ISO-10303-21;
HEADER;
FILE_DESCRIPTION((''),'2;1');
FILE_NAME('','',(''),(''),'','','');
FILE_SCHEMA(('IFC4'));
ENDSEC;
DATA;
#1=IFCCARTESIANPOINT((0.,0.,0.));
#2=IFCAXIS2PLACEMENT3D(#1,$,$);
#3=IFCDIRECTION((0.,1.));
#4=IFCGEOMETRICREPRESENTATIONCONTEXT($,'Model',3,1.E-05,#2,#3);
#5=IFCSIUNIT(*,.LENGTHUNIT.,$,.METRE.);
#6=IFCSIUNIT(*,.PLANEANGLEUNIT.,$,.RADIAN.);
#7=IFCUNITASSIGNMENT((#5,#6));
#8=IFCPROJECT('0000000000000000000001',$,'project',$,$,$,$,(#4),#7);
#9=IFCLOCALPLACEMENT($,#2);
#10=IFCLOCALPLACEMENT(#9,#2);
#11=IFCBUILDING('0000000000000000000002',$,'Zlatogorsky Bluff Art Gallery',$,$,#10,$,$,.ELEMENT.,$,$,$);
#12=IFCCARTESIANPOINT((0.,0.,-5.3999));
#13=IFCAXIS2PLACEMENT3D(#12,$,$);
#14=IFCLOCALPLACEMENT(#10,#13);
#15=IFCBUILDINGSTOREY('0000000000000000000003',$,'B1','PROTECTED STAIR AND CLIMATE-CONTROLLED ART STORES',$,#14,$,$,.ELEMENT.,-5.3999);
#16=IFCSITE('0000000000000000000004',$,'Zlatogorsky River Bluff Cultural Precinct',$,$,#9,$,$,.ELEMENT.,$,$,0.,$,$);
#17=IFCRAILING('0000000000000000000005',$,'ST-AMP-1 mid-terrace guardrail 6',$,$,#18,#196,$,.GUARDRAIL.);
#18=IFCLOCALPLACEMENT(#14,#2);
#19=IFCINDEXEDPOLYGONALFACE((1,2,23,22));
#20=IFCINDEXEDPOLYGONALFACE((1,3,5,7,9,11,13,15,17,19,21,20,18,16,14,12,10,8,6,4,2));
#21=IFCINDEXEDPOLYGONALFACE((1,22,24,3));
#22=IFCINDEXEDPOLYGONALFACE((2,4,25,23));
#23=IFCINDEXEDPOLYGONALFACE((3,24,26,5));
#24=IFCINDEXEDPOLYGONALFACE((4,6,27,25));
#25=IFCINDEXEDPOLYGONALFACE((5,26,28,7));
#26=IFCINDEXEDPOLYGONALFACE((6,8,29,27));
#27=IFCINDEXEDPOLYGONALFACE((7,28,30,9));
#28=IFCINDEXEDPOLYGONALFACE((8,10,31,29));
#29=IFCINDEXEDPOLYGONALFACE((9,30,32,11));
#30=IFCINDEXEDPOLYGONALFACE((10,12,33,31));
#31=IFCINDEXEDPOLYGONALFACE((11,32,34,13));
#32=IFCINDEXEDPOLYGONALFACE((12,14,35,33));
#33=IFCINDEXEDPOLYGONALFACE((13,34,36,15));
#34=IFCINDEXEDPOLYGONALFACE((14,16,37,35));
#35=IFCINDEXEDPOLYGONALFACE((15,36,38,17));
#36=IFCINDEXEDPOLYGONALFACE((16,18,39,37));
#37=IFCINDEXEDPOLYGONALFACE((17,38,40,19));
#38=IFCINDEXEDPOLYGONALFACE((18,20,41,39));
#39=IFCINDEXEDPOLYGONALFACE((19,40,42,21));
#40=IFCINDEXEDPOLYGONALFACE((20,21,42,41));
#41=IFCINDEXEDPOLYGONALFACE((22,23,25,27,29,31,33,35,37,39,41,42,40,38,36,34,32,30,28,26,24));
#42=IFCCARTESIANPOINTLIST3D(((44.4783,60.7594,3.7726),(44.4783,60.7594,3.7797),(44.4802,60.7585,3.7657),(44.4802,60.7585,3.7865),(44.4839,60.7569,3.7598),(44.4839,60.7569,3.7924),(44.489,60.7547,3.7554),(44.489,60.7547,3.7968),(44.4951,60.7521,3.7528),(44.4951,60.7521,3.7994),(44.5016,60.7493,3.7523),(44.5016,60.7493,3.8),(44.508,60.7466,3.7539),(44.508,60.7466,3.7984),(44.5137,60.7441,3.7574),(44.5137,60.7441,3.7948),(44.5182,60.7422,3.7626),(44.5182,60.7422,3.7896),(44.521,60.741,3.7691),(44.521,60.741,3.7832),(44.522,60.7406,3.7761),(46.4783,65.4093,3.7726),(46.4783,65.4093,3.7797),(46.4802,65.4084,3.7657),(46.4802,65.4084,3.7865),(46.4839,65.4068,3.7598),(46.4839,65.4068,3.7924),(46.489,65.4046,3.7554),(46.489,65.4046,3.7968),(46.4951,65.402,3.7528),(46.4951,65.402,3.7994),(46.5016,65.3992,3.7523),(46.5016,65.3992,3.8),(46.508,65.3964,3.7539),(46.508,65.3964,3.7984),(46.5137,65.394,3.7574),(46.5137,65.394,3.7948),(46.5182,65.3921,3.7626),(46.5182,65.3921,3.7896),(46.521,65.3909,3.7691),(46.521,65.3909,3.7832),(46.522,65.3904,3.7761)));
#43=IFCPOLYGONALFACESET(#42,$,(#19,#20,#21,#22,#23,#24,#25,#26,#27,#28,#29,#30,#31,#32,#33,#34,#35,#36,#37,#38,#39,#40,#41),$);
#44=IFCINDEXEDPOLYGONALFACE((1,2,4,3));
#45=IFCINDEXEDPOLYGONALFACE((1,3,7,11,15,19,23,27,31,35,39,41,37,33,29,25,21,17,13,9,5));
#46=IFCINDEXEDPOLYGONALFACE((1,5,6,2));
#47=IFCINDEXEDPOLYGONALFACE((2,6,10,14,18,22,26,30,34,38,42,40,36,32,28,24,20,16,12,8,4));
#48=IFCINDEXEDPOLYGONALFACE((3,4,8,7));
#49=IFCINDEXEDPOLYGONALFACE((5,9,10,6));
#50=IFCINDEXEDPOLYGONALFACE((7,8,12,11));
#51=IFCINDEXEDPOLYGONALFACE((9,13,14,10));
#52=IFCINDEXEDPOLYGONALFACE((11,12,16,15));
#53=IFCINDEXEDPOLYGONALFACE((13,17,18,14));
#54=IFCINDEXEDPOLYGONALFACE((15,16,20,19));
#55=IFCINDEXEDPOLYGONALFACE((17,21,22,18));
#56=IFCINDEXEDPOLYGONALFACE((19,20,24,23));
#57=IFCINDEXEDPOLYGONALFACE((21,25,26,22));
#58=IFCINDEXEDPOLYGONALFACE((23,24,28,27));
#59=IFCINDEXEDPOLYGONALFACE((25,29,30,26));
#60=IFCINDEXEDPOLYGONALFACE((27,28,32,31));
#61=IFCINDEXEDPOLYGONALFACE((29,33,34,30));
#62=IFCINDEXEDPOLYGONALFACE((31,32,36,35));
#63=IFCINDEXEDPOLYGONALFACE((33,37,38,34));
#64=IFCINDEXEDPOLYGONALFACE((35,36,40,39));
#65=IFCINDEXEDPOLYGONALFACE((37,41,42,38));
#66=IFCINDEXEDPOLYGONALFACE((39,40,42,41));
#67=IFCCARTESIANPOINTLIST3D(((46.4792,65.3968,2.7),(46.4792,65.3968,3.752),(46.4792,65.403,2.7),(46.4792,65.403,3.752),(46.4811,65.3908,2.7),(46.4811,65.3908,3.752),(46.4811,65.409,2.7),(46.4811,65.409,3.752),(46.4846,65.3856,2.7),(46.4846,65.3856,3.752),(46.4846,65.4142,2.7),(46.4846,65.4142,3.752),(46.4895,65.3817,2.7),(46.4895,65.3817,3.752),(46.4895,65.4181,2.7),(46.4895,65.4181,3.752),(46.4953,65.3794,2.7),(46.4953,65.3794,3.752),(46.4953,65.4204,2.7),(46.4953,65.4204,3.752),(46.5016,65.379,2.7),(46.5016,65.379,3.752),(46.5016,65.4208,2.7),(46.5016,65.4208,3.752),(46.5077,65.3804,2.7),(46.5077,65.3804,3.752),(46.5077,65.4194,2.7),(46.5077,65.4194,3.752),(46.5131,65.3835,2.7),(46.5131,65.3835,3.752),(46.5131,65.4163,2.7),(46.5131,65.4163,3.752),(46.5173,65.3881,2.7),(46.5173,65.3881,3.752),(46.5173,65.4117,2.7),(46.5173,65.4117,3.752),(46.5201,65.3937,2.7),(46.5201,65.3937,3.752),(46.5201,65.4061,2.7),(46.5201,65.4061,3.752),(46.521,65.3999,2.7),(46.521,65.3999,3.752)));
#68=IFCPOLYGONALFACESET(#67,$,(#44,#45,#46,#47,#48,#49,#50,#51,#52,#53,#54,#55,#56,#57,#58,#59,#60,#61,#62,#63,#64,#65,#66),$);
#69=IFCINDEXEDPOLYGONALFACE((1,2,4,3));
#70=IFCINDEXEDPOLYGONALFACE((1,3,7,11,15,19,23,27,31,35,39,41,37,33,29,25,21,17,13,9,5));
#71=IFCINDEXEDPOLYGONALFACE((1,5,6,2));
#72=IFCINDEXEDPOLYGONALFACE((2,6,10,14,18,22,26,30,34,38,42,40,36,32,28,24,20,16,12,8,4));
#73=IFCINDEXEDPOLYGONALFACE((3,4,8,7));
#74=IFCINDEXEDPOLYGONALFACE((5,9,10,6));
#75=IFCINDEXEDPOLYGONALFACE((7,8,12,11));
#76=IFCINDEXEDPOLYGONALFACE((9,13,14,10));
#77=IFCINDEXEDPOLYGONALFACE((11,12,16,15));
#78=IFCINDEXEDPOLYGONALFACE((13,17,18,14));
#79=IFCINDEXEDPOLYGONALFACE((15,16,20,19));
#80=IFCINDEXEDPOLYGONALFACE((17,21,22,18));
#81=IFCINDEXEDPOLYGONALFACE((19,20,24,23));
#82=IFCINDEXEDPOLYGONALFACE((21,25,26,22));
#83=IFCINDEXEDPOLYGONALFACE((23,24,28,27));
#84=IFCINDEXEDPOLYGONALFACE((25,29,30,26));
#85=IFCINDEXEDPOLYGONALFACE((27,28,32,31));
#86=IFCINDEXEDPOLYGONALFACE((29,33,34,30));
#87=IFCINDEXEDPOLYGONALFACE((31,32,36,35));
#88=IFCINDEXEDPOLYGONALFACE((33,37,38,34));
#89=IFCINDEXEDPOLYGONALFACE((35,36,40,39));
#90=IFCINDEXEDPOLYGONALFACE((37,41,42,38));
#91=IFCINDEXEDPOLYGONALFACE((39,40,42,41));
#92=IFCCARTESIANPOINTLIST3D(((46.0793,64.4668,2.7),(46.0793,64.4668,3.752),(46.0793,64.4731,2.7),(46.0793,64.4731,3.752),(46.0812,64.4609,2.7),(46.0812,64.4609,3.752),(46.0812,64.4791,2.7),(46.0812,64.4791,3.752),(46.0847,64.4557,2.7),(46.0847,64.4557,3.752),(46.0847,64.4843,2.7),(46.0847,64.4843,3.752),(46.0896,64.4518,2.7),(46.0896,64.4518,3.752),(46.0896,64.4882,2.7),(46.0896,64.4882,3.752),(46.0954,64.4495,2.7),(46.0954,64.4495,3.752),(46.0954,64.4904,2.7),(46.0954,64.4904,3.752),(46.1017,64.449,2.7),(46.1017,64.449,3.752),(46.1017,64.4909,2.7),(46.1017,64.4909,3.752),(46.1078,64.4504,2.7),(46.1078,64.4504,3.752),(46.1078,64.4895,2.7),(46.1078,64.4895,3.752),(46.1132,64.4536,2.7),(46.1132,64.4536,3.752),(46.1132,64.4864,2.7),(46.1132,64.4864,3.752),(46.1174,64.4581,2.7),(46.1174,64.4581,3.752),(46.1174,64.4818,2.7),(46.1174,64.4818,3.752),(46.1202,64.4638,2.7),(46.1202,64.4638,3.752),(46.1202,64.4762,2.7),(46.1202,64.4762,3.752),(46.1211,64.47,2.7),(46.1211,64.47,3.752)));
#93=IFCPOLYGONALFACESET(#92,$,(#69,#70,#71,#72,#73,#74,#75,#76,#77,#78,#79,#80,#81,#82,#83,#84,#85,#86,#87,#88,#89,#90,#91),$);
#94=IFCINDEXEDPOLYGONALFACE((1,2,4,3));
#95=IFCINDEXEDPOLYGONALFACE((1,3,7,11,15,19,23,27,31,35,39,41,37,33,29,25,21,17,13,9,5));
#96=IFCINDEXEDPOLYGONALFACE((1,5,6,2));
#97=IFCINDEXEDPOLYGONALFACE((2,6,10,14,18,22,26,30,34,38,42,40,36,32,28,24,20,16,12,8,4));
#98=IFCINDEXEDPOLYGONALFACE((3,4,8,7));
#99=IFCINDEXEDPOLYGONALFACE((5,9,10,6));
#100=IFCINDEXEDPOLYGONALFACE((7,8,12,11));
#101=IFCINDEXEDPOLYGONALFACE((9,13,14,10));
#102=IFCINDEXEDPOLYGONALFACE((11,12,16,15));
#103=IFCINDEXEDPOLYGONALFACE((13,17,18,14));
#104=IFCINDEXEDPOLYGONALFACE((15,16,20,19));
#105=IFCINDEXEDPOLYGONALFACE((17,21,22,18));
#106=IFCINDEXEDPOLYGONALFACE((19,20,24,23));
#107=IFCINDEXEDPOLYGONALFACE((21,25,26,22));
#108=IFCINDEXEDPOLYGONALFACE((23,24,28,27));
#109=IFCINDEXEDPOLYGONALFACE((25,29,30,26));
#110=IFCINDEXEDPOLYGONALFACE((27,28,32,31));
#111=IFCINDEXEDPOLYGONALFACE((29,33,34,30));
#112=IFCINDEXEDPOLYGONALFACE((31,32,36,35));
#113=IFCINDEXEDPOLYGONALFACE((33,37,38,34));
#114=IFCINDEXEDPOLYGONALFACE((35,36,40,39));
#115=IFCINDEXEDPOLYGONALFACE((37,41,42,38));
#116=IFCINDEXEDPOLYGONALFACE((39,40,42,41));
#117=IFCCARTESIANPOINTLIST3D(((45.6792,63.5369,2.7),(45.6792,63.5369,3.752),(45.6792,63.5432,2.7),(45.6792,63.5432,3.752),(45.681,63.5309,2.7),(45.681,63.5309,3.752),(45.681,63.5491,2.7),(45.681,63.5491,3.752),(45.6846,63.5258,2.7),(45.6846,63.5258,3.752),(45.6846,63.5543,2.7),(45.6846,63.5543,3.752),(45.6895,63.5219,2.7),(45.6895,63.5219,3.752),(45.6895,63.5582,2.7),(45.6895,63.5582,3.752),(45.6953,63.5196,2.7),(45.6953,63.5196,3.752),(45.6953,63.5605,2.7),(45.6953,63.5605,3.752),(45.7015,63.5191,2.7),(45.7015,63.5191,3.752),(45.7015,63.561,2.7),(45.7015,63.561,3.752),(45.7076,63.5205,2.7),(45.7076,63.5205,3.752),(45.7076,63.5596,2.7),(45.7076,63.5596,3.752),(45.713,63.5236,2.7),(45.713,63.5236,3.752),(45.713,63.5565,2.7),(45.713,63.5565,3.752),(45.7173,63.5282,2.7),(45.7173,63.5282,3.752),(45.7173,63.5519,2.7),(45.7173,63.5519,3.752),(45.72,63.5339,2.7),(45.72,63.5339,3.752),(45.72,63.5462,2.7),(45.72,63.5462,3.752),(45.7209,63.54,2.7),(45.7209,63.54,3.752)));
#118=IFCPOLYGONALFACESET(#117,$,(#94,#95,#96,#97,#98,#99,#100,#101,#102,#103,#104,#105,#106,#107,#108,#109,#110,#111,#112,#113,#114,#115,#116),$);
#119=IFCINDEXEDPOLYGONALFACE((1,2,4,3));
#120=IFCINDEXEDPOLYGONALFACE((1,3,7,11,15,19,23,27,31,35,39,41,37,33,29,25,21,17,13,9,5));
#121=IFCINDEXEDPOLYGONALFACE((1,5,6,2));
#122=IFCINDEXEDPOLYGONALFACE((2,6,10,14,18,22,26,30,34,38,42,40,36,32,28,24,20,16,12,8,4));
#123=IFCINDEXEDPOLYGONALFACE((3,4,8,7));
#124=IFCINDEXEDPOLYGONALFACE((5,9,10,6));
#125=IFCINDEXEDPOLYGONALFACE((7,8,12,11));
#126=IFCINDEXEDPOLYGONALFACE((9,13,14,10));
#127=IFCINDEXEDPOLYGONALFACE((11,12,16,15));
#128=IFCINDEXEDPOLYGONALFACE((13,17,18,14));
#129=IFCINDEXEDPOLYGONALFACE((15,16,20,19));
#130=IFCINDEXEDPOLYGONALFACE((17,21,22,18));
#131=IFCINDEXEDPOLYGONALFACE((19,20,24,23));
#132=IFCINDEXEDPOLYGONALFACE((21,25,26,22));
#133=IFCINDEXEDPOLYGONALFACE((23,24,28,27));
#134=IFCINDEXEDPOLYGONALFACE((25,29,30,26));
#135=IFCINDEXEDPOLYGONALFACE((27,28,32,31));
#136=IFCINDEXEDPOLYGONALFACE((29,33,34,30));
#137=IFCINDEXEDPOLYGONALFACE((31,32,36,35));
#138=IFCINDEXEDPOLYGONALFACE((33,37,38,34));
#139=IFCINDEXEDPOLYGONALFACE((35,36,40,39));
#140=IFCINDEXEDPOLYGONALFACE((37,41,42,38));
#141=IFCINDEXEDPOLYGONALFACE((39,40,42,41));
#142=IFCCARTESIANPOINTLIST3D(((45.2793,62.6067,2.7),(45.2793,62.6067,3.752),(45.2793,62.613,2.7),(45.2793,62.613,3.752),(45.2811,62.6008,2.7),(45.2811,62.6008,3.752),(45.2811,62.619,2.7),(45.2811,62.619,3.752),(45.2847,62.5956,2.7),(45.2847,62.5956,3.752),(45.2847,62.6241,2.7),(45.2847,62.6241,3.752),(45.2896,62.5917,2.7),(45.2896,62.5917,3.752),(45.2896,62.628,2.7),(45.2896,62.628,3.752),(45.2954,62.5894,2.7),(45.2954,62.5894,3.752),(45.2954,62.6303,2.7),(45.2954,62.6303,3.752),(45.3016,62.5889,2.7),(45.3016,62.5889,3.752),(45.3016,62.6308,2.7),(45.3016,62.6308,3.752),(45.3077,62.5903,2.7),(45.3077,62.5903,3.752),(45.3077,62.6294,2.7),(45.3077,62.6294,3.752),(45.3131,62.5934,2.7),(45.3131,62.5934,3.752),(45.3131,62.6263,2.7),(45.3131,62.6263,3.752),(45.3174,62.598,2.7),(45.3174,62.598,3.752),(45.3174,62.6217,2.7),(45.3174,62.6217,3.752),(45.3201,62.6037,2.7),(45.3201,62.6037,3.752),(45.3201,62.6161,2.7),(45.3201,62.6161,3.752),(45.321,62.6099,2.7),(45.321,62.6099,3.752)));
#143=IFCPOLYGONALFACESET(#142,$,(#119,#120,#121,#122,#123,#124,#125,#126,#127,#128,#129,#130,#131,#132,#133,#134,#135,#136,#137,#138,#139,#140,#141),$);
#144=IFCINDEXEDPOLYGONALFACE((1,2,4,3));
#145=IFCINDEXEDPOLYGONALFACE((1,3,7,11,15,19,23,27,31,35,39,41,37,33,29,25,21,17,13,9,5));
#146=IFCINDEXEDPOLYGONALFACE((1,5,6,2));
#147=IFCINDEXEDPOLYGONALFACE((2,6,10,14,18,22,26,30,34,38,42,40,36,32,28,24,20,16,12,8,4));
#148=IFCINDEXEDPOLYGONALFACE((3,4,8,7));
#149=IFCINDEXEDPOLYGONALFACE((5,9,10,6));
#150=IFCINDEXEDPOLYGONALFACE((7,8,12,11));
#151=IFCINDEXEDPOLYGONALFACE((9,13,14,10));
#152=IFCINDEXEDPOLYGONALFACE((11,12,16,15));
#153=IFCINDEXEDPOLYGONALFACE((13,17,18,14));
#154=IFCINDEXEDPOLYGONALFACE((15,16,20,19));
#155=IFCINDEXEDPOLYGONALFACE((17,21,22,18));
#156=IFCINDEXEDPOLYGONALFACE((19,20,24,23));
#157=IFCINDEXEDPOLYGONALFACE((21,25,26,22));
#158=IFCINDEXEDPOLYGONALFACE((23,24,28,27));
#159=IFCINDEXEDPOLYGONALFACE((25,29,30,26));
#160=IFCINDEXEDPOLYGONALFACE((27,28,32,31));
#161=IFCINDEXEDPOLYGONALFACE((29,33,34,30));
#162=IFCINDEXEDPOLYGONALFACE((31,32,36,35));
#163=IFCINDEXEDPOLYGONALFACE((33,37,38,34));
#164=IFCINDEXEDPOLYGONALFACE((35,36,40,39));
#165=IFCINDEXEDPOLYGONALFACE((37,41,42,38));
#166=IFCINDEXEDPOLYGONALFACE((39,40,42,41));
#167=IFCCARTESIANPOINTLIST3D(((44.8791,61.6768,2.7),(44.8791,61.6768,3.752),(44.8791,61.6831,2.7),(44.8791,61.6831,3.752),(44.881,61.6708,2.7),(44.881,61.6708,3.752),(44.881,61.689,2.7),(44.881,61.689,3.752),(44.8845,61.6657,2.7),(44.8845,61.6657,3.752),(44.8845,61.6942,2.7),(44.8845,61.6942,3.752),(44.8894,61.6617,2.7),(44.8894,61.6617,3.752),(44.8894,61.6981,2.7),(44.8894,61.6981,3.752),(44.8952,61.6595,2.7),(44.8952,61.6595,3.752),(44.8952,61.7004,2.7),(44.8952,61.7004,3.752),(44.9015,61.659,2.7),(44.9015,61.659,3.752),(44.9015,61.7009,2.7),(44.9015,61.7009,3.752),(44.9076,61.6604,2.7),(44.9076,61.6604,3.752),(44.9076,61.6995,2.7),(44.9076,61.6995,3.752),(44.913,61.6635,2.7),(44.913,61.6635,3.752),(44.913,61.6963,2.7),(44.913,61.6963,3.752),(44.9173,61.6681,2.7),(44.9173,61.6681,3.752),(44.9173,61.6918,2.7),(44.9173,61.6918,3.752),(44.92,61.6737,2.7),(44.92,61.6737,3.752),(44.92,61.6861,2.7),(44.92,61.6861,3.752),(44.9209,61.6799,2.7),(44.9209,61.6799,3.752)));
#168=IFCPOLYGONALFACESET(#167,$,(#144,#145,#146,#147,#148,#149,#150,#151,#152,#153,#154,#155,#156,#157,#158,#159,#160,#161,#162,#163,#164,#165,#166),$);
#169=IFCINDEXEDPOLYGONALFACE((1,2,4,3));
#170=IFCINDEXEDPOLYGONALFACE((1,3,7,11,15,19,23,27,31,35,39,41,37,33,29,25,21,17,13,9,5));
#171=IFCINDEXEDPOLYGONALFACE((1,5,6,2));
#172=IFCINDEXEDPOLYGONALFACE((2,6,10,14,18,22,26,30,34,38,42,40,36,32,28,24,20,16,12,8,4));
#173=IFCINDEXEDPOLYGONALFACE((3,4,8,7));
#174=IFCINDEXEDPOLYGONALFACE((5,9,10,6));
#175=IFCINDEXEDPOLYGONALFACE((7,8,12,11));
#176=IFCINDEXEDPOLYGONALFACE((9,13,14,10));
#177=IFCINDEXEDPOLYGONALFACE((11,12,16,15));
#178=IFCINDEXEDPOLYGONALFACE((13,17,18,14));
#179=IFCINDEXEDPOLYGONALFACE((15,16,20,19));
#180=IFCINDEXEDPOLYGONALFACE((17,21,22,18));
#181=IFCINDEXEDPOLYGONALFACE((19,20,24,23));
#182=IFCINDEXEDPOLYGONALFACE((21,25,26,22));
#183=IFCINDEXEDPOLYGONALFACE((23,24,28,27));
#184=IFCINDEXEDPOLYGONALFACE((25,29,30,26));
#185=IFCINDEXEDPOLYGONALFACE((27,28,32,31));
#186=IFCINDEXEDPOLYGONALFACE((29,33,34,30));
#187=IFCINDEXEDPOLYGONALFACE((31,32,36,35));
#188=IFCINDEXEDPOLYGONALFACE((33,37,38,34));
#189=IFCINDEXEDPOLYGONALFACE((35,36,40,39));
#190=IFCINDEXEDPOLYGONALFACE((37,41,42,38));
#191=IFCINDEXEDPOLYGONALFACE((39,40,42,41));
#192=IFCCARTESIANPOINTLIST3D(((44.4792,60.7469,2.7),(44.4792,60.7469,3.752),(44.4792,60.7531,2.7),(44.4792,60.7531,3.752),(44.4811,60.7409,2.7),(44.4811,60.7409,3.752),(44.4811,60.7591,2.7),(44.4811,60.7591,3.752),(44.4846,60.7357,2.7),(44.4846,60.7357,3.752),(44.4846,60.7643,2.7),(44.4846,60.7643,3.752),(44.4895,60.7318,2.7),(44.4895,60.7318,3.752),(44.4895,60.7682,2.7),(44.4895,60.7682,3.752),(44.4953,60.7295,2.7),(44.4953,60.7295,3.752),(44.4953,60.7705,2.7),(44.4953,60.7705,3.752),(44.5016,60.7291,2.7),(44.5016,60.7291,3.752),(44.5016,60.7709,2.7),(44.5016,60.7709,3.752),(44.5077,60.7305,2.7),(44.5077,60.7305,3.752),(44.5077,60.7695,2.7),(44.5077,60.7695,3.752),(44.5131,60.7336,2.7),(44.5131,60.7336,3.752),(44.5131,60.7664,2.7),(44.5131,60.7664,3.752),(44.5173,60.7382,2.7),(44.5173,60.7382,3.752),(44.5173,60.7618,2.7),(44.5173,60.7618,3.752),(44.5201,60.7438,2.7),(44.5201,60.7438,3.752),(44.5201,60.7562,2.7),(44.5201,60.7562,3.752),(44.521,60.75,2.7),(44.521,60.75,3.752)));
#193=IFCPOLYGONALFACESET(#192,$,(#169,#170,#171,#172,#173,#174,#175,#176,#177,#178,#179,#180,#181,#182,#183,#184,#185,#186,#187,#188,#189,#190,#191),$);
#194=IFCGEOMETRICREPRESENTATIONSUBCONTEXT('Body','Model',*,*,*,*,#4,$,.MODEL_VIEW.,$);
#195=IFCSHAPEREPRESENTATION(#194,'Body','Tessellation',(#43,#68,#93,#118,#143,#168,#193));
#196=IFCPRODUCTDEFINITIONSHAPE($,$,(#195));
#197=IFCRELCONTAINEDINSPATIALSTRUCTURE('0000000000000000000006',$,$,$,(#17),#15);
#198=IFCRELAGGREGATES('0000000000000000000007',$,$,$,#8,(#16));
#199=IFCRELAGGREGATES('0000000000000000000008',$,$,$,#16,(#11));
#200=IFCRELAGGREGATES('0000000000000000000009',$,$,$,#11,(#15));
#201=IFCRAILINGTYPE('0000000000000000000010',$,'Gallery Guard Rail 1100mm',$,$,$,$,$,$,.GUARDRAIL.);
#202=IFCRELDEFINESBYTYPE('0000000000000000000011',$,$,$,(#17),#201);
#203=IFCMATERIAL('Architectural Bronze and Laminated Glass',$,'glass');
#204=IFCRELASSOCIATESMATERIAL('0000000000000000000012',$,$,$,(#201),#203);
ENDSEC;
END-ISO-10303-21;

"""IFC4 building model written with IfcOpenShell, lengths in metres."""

from ifc_helpers import new_model, si_unit, direction, frame, origin, origin_2d, place, context, subcontext, project, spatial, circle, extrude, material, type_object, element, save


model = new_model("IFC4")

# Units and contexts
model_context = context("Model", 3, precision=1e-05, world=origin(), true_north=direction((0.0, 1.0)))
body_context = subcontext(model_context, "Body", "Model", "MODEL_VIEW")
ifc_project = project(units=[si_unit("LENGTHUNIT", "METRE"), si_unit("PLANEANGLEUNIT", "RADIAN")], contexts=[model_context])

# Site, building, storey
site_placement = place(None, origin())
site = spatial("IfcSite", under=ifc_project, at=site_placement, Name="Zlatogorsky River Bluff Cultural Precinct", CompositionType="ELEMENT", RefElevation=0.0)
building_placement = place(site_placement, origin())
building = spatial("IfcBuilding", under=site, at=building_placement, Name="Zlatogorsky Bluff Art Gallery", CompositionType="ELEMENT")
storey_placement = place(building_placement, frame((0.0, 0.0, -5.3999)))
storey = spatial("IfcBuildingStorey", under=building, at=storey_placement, Name="B1", Description="PROTECTED STAIR AND CLIMATE-CONTROLLED ART STORES", CompositionType="ELEMENT", Elevation=-5.3999)

# Railing
ifc_material_1 = material(Name="Architectural Bronze and Laminated Glass", Category="glass")
railing_type_1 = type_object("IfcRailingType", Name="Gallery Guard Rail 1100mm", PredefinedType="GUARDRAIL", material=ifc_material_1)
railing_1_placement = place(storey_placement, frame((46.5, 65.3999, 2.7)))
element("IfcRailing", 1, at=railing_1_placement, inside=storey, type_object=railing_type_1, Name="ST-AMP-1 mid-terrace guardrail 6", PredefinedType="GUARDRAIL", context=body_context, shape_type="SweptSolid", body=[
    extrude(circle(Radius=0.0239, at=origin_2d()), frame((0.0, 0.0, 1.0762), z_axis=(-0.395118, -0.91863, 0.0), x_axis=(0.91863, -0.395118, 0.0)), (0.0, 0.0, 1.0), 5.0618),
    extrude(circle(Radius=0.021, at=origin_2d()), origin(), (0.0, 0.0, 1.0), 1.052),
    extrude(circle(Radius=0.021, at=origin_2d()), frame((-0.3999, -0.9299, 0.0)), (0.0, 0.0, 1.0), 1.052),
    extrude(circle(Radius=0.021, at=origin_2d()), frame((-0.8, -1.8599, 0.0)), (0.0, 0.0, 1.0), 1.052),
    extrude(circle(Radius=0.021, at=origin_2d()), frame((-1.2, -2.79, 0.0)), (0.0, 0.0, 1.0), 1.052),
    extrude(circle(Radius=0.021, at=origin_2d()), frame((-1.6001, -3.72, 0.0)), (0.0, 0.0, 1.0), 1.052),
    extrude(circle(Radius=0.021, at=origin_2d()), frame((-2.0, -4.6499, 0.0)), (0.0, 0.0, 1.0), 1.052),
])

save(model, "model.ifc")
